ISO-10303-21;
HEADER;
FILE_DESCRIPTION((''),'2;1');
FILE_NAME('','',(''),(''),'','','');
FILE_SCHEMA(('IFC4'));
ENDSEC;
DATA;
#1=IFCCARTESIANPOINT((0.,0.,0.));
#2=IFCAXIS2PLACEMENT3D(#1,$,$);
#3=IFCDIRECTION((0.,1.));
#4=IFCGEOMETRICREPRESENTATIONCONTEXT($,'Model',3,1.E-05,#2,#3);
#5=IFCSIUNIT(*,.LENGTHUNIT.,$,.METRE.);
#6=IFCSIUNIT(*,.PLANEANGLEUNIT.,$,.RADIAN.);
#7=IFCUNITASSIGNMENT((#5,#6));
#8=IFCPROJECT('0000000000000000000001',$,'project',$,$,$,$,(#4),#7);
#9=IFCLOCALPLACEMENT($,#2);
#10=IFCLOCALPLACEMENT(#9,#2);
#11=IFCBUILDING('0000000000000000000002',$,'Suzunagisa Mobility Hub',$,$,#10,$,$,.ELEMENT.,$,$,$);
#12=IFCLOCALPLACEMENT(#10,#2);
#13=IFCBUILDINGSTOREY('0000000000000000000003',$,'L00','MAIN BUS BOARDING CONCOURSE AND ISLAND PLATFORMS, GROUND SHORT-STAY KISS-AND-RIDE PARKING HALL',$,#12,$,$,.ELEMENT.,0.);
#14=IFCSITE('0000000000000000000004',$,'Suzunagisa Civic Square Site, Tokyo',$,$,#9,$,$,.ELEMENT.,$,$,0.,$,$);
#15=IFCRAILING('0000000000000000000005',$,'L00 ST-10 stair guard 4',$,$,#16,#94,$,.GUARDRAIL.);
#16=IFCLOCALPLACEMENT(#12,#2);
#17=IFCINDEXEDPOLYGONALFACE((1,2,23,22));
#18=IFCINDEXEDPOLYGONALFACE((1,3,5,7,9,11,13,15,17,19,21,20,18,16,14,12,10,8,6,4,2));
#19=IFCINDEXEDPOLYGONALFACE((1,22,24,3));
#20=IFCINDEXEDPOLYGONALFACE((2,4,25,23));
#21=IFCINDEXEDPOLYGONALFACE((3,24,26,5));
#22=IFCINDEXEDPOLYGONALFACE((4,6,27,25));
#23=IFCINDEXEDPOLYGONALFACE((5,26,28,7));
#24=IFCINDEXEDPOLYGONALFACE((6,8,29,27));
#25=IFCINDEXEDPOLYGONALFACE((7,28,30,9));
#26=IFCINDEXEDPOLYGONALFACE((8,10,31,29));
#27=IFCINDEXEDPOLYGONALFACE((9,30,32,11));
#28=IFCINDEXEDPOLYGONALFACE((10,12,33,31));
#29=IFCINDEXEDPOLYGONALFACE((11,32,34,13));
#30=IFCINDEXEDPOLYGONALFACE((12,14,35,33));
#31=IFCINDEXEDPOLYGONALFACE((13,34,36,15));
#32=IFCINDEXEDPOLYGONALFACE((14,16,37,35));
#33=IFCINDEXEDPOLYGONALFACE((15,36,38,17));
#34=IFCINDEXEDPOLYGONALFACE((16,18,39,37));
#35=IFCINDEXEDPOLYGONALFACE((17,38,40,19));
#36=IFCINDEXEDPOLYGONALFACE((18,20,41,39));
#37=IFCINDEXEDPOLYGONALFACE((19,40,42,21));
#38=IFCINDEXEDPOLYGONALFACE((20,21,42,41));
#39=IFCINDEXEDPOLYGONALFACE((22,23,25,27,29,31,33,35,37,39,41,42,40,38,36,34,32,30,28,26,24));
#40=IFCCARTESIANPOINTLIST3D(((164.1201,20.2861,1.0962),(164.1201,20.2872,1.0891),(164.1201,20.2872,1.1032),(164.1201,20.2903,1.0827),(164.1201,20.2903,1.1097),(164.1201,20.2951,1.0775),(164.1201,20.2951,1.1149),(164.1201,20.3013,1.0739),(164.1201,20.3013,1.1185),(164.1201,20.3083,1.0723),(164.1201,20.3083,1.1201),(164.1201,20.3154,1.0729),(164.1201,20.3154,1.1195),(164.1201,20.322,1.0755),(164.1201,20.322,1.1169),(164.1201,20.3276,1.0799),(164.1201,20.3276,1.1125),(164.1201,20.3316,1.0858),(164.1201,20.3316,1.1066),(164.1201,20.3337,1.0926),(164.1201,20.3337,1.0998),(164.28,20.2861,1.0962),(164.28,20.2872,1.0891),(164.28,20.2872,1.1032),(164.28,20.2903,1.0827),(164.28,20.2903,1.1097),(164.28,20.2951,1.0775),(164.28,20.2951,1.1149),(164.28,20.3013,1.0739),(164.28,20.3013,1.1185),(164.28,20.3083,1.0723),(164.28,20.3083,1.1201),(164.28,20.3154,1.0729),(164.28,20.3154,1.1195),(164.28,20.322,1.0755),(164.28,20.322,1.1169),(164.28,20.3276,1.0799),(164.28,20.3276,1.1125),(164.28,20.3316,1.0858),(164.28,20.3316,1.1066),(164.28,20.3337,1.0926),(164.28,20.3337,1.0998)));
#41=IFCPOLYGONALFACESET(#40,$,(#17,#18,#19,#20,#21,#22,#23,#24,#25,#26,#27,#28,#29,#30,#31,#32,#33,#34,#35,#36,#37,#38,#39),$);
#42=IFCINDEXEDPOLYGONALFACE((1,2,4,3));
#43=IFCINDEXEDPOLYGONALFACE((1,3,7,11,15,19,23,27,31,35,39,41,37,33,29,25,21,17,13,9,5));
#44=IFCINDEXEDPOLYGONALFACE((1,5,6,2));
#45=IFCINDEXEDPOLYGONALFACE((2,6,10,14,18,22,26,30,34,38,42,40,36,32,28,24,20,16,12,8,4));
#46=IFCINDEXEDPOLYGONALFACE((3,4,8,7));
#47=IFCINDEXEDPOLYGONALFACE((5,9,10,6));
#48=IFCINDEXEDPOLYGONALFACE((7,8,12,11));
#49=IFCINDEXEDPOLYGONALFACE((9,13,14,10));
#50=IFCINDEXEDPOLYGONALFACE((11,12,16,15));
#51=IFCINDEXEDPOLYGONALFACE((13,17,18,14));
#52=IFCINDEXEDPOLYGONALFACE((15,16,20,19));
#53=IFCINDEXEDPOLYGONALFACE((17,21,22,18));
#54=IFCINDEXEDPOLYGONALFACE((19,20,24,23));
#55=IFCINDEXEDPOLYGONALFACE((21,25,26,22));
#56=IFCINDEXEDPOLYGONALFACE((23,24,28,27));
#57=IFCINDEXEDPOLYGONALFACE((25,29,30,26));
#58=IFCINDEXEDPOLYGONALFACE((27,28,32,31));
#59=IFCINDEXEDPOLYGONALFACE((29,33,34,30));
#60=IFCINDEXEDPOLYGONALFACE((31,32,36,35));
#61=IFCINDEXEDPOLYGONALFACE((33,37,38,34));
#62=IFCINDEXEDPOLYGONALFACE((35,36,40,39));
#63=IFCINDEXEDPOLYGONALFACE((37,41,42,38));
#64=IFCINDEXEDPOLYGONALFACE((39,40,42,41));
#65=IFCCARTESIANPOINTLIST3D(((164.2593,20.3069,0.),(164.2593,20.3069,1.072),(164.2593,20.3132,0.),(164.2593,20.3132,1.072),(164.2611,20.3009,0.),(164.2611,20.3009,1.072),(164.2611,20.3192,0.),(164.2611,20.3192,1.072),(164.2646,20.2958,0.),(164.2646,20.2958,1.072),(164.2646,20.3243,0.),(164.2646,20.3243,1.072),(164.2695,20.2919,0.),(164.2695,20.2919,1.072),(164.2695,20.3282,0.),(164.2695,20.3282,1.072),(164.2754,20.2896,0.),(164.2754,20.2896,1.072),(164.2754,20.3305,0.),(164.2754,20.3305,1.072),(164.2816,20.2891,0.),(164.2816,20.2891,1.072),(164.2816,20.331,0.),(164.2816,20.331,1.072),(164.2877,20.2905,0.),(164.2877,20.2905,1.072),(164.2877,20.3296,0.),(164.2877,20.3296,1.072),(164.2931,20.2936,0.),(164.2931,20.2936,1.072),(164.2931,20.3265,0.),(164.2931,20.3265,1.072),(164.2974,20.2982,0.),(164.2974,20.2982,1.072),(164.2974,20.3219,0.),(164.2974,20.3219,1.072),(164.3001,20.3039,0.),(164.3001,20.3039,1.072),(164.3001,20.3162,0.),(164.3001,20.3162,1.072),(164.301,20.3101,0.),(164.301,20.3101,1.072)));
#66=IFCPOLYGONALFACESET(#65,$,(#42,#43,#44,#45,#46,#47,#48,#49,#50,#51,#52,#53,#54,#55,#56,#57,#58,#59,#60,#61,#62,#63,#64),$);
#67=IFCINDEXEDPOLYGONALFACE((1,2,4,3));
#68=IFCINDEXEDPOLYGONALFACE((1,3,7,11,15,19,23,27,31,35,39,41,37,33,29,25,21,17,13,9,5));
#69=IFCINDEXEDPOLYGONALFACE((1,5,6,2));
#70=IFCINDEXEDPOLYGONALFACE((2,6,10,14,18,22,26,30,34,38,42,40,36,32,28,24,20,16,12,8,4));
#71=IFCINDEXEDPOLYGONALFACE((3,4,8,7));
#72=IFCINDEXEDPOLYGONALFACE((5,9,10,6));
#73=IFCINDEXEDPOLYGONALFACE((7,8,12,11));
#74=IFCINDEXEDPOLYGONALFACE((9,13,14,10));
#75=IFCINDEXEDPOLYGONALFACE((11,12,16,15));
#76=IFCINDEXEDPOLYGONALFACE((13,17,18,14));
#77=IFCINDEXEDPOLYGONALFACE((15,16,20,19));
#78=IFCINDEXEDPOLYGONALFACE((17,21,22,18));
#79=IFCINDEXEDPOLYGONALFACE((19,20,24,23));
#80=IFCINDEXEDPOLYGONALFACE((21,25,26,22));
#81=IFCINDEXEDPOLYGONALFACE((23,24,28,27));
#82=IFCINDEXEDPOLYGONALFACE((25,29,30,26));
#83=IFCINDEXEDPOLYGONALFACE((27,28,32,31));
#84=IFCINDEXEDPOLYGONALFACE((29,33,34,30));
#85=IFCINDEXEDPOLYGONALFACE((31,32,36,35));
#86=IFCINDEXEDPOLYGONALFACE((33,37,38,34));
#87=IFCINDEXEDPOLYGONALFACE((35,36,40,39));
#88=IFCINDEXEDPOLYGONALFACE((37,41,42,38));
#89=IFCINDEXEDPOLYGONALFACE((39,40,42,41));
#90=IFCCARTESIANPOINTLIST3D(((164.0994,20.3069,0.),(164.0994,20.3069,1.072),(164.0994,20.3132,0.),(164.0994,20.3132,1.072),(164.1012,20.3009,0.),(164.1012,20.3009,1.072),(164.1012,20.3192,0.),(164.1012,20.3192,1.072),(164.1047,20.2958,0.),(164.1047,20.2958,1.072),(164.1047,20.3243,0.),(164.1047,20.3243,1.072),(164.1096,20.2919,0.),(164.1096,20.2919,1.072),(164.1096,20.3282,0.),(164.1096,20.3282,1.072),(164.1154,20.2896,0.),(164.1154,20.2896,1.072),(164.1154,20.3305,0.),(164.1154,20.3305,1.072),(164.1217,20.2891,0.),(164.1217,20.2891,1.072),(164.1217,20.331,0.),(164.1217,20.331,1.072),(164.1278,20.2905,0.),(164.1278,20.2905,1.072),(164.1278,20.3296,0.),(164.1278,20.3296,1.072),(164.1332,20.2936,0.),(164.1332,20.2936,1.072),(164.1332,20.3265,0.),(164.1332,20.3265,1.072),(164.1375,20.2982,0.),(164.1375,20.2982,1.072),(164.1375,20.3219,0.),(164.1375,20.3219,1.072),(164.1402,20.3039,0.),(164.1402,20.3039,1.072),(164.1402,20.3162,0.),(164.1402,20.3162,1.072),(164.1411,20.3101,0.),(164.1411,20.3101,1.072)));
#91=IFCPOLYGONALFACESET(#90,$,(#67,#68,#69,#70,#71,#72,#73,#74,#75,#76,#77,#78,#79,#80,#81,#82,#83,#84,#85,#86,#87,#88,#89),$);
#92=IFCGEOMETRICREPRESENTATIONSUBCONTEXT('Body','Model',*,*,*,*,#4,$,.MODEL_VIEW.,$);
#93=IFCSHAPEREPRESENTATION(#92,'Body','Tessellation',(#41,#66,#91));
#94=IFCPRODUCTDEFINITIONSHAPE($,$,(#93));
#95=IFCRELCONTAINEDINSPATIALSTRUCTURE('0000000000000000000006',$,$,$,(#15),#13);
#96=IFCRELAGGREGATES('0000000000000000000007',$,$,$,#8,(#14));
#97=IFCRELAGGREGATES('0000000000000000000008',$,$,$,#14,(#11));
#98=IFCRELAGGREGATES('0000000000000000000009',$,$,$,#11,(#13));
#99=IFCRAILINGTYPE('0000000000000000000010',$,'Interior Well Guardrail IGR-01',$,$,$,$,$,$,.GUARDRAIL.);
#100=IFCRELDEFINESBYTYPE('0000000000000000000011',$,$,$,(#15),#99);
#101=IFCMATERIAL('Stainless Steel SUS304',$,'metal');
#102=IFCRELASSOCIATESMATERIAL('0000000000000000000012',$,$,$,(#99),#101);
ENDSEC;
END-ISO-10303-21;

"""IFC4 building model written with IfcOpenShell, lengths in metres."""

from ifc_helpers import new_model, si_unit, direction, frame, origin, origin_2d, place, context, subcontext, project, spatial, circle, extrude, material, type_object, element, save


model = new_model("IFC4")

# Units and contexts
model_context = context("Model", 3, precision=1e-05, world=origin(), true_north=direction((0.0, 1.0)))
body_context = subcontext(model_context, "Body", "Model", "MODEL_VIEW")
ifc_project = project(units=[si_unit("LENGTHUNIT", "METRE"), si_unit("PLANEANGLEUNIT", "RADIAN")], contexts=[model_context])

# Site, building, storey
site_placement = place(None, origin())
site = spatial("IfcSite", under=ifc_project, at=site_placement, Name="Suzunagisa Civic Square Site, Tokyo", CompositionType="ELEMENT", RefElevation=0.0)
building_placement = place(site_placement, origin())
building = spatial("IfcBuilding", under=site, at=building_placement, Name="Suzunagisa Mobility Hub", CompositionType="ELEMENT")
storey_placement = place(building_placement, origin())
storey = spatial("IfcBuildingStorey", under=building, at=storey_placement, Name="L00", Description="MAIN BUS BOARDING CONCOURSE AND ISLAND PLATFORMS, GROUND SHORT-STAY KISS-AND-RIDE PARKING HALL", CompositionType="ELEMENT", Elevation=0.0)

# Railing
ifc_material_1 = material(Name="Stainless Steel SUS304", Category="metal")
railing_type_1 = type_object("IfcRailingType", Name="Interior Well Guardrail IGR-01", PredefinedType="GUARDRAIL", material=ifc_material_1)
railing_1_placement = place(storey_placement, frame((164.28, 20.3101, 0.0)))
element("IfcRailing", 1, at=railing_1_placement, inside=storey, type_object=railing_type_1, Name="L00 ST-10 stair guard 4", PredefinedType="GUARDRAIL", context=body_context, shape_type="SweptSolid", body=[
    extrude(circle(Radius=0.0239, at=origin_2d()), frame((0.0, 0.0, 1.0962), z_axis=(-1.0, 0.0, 0.0), x_axis=(0.0, -1.0, 0.0)), (0.0, 0.0, 1.0), 0.1599),
    extrude(circle(Radius=0.021, at=origin_2d()), origin(), (0.0, 0.0, 1.0), 1.072),
    extrude(circle(Radius=0.021, at=origin_2d()), frame((-0.1599, 0.0, 0.0)), (0.0, 0.0, 1.0), 1.072),
])

save(model, "model.ifc")
